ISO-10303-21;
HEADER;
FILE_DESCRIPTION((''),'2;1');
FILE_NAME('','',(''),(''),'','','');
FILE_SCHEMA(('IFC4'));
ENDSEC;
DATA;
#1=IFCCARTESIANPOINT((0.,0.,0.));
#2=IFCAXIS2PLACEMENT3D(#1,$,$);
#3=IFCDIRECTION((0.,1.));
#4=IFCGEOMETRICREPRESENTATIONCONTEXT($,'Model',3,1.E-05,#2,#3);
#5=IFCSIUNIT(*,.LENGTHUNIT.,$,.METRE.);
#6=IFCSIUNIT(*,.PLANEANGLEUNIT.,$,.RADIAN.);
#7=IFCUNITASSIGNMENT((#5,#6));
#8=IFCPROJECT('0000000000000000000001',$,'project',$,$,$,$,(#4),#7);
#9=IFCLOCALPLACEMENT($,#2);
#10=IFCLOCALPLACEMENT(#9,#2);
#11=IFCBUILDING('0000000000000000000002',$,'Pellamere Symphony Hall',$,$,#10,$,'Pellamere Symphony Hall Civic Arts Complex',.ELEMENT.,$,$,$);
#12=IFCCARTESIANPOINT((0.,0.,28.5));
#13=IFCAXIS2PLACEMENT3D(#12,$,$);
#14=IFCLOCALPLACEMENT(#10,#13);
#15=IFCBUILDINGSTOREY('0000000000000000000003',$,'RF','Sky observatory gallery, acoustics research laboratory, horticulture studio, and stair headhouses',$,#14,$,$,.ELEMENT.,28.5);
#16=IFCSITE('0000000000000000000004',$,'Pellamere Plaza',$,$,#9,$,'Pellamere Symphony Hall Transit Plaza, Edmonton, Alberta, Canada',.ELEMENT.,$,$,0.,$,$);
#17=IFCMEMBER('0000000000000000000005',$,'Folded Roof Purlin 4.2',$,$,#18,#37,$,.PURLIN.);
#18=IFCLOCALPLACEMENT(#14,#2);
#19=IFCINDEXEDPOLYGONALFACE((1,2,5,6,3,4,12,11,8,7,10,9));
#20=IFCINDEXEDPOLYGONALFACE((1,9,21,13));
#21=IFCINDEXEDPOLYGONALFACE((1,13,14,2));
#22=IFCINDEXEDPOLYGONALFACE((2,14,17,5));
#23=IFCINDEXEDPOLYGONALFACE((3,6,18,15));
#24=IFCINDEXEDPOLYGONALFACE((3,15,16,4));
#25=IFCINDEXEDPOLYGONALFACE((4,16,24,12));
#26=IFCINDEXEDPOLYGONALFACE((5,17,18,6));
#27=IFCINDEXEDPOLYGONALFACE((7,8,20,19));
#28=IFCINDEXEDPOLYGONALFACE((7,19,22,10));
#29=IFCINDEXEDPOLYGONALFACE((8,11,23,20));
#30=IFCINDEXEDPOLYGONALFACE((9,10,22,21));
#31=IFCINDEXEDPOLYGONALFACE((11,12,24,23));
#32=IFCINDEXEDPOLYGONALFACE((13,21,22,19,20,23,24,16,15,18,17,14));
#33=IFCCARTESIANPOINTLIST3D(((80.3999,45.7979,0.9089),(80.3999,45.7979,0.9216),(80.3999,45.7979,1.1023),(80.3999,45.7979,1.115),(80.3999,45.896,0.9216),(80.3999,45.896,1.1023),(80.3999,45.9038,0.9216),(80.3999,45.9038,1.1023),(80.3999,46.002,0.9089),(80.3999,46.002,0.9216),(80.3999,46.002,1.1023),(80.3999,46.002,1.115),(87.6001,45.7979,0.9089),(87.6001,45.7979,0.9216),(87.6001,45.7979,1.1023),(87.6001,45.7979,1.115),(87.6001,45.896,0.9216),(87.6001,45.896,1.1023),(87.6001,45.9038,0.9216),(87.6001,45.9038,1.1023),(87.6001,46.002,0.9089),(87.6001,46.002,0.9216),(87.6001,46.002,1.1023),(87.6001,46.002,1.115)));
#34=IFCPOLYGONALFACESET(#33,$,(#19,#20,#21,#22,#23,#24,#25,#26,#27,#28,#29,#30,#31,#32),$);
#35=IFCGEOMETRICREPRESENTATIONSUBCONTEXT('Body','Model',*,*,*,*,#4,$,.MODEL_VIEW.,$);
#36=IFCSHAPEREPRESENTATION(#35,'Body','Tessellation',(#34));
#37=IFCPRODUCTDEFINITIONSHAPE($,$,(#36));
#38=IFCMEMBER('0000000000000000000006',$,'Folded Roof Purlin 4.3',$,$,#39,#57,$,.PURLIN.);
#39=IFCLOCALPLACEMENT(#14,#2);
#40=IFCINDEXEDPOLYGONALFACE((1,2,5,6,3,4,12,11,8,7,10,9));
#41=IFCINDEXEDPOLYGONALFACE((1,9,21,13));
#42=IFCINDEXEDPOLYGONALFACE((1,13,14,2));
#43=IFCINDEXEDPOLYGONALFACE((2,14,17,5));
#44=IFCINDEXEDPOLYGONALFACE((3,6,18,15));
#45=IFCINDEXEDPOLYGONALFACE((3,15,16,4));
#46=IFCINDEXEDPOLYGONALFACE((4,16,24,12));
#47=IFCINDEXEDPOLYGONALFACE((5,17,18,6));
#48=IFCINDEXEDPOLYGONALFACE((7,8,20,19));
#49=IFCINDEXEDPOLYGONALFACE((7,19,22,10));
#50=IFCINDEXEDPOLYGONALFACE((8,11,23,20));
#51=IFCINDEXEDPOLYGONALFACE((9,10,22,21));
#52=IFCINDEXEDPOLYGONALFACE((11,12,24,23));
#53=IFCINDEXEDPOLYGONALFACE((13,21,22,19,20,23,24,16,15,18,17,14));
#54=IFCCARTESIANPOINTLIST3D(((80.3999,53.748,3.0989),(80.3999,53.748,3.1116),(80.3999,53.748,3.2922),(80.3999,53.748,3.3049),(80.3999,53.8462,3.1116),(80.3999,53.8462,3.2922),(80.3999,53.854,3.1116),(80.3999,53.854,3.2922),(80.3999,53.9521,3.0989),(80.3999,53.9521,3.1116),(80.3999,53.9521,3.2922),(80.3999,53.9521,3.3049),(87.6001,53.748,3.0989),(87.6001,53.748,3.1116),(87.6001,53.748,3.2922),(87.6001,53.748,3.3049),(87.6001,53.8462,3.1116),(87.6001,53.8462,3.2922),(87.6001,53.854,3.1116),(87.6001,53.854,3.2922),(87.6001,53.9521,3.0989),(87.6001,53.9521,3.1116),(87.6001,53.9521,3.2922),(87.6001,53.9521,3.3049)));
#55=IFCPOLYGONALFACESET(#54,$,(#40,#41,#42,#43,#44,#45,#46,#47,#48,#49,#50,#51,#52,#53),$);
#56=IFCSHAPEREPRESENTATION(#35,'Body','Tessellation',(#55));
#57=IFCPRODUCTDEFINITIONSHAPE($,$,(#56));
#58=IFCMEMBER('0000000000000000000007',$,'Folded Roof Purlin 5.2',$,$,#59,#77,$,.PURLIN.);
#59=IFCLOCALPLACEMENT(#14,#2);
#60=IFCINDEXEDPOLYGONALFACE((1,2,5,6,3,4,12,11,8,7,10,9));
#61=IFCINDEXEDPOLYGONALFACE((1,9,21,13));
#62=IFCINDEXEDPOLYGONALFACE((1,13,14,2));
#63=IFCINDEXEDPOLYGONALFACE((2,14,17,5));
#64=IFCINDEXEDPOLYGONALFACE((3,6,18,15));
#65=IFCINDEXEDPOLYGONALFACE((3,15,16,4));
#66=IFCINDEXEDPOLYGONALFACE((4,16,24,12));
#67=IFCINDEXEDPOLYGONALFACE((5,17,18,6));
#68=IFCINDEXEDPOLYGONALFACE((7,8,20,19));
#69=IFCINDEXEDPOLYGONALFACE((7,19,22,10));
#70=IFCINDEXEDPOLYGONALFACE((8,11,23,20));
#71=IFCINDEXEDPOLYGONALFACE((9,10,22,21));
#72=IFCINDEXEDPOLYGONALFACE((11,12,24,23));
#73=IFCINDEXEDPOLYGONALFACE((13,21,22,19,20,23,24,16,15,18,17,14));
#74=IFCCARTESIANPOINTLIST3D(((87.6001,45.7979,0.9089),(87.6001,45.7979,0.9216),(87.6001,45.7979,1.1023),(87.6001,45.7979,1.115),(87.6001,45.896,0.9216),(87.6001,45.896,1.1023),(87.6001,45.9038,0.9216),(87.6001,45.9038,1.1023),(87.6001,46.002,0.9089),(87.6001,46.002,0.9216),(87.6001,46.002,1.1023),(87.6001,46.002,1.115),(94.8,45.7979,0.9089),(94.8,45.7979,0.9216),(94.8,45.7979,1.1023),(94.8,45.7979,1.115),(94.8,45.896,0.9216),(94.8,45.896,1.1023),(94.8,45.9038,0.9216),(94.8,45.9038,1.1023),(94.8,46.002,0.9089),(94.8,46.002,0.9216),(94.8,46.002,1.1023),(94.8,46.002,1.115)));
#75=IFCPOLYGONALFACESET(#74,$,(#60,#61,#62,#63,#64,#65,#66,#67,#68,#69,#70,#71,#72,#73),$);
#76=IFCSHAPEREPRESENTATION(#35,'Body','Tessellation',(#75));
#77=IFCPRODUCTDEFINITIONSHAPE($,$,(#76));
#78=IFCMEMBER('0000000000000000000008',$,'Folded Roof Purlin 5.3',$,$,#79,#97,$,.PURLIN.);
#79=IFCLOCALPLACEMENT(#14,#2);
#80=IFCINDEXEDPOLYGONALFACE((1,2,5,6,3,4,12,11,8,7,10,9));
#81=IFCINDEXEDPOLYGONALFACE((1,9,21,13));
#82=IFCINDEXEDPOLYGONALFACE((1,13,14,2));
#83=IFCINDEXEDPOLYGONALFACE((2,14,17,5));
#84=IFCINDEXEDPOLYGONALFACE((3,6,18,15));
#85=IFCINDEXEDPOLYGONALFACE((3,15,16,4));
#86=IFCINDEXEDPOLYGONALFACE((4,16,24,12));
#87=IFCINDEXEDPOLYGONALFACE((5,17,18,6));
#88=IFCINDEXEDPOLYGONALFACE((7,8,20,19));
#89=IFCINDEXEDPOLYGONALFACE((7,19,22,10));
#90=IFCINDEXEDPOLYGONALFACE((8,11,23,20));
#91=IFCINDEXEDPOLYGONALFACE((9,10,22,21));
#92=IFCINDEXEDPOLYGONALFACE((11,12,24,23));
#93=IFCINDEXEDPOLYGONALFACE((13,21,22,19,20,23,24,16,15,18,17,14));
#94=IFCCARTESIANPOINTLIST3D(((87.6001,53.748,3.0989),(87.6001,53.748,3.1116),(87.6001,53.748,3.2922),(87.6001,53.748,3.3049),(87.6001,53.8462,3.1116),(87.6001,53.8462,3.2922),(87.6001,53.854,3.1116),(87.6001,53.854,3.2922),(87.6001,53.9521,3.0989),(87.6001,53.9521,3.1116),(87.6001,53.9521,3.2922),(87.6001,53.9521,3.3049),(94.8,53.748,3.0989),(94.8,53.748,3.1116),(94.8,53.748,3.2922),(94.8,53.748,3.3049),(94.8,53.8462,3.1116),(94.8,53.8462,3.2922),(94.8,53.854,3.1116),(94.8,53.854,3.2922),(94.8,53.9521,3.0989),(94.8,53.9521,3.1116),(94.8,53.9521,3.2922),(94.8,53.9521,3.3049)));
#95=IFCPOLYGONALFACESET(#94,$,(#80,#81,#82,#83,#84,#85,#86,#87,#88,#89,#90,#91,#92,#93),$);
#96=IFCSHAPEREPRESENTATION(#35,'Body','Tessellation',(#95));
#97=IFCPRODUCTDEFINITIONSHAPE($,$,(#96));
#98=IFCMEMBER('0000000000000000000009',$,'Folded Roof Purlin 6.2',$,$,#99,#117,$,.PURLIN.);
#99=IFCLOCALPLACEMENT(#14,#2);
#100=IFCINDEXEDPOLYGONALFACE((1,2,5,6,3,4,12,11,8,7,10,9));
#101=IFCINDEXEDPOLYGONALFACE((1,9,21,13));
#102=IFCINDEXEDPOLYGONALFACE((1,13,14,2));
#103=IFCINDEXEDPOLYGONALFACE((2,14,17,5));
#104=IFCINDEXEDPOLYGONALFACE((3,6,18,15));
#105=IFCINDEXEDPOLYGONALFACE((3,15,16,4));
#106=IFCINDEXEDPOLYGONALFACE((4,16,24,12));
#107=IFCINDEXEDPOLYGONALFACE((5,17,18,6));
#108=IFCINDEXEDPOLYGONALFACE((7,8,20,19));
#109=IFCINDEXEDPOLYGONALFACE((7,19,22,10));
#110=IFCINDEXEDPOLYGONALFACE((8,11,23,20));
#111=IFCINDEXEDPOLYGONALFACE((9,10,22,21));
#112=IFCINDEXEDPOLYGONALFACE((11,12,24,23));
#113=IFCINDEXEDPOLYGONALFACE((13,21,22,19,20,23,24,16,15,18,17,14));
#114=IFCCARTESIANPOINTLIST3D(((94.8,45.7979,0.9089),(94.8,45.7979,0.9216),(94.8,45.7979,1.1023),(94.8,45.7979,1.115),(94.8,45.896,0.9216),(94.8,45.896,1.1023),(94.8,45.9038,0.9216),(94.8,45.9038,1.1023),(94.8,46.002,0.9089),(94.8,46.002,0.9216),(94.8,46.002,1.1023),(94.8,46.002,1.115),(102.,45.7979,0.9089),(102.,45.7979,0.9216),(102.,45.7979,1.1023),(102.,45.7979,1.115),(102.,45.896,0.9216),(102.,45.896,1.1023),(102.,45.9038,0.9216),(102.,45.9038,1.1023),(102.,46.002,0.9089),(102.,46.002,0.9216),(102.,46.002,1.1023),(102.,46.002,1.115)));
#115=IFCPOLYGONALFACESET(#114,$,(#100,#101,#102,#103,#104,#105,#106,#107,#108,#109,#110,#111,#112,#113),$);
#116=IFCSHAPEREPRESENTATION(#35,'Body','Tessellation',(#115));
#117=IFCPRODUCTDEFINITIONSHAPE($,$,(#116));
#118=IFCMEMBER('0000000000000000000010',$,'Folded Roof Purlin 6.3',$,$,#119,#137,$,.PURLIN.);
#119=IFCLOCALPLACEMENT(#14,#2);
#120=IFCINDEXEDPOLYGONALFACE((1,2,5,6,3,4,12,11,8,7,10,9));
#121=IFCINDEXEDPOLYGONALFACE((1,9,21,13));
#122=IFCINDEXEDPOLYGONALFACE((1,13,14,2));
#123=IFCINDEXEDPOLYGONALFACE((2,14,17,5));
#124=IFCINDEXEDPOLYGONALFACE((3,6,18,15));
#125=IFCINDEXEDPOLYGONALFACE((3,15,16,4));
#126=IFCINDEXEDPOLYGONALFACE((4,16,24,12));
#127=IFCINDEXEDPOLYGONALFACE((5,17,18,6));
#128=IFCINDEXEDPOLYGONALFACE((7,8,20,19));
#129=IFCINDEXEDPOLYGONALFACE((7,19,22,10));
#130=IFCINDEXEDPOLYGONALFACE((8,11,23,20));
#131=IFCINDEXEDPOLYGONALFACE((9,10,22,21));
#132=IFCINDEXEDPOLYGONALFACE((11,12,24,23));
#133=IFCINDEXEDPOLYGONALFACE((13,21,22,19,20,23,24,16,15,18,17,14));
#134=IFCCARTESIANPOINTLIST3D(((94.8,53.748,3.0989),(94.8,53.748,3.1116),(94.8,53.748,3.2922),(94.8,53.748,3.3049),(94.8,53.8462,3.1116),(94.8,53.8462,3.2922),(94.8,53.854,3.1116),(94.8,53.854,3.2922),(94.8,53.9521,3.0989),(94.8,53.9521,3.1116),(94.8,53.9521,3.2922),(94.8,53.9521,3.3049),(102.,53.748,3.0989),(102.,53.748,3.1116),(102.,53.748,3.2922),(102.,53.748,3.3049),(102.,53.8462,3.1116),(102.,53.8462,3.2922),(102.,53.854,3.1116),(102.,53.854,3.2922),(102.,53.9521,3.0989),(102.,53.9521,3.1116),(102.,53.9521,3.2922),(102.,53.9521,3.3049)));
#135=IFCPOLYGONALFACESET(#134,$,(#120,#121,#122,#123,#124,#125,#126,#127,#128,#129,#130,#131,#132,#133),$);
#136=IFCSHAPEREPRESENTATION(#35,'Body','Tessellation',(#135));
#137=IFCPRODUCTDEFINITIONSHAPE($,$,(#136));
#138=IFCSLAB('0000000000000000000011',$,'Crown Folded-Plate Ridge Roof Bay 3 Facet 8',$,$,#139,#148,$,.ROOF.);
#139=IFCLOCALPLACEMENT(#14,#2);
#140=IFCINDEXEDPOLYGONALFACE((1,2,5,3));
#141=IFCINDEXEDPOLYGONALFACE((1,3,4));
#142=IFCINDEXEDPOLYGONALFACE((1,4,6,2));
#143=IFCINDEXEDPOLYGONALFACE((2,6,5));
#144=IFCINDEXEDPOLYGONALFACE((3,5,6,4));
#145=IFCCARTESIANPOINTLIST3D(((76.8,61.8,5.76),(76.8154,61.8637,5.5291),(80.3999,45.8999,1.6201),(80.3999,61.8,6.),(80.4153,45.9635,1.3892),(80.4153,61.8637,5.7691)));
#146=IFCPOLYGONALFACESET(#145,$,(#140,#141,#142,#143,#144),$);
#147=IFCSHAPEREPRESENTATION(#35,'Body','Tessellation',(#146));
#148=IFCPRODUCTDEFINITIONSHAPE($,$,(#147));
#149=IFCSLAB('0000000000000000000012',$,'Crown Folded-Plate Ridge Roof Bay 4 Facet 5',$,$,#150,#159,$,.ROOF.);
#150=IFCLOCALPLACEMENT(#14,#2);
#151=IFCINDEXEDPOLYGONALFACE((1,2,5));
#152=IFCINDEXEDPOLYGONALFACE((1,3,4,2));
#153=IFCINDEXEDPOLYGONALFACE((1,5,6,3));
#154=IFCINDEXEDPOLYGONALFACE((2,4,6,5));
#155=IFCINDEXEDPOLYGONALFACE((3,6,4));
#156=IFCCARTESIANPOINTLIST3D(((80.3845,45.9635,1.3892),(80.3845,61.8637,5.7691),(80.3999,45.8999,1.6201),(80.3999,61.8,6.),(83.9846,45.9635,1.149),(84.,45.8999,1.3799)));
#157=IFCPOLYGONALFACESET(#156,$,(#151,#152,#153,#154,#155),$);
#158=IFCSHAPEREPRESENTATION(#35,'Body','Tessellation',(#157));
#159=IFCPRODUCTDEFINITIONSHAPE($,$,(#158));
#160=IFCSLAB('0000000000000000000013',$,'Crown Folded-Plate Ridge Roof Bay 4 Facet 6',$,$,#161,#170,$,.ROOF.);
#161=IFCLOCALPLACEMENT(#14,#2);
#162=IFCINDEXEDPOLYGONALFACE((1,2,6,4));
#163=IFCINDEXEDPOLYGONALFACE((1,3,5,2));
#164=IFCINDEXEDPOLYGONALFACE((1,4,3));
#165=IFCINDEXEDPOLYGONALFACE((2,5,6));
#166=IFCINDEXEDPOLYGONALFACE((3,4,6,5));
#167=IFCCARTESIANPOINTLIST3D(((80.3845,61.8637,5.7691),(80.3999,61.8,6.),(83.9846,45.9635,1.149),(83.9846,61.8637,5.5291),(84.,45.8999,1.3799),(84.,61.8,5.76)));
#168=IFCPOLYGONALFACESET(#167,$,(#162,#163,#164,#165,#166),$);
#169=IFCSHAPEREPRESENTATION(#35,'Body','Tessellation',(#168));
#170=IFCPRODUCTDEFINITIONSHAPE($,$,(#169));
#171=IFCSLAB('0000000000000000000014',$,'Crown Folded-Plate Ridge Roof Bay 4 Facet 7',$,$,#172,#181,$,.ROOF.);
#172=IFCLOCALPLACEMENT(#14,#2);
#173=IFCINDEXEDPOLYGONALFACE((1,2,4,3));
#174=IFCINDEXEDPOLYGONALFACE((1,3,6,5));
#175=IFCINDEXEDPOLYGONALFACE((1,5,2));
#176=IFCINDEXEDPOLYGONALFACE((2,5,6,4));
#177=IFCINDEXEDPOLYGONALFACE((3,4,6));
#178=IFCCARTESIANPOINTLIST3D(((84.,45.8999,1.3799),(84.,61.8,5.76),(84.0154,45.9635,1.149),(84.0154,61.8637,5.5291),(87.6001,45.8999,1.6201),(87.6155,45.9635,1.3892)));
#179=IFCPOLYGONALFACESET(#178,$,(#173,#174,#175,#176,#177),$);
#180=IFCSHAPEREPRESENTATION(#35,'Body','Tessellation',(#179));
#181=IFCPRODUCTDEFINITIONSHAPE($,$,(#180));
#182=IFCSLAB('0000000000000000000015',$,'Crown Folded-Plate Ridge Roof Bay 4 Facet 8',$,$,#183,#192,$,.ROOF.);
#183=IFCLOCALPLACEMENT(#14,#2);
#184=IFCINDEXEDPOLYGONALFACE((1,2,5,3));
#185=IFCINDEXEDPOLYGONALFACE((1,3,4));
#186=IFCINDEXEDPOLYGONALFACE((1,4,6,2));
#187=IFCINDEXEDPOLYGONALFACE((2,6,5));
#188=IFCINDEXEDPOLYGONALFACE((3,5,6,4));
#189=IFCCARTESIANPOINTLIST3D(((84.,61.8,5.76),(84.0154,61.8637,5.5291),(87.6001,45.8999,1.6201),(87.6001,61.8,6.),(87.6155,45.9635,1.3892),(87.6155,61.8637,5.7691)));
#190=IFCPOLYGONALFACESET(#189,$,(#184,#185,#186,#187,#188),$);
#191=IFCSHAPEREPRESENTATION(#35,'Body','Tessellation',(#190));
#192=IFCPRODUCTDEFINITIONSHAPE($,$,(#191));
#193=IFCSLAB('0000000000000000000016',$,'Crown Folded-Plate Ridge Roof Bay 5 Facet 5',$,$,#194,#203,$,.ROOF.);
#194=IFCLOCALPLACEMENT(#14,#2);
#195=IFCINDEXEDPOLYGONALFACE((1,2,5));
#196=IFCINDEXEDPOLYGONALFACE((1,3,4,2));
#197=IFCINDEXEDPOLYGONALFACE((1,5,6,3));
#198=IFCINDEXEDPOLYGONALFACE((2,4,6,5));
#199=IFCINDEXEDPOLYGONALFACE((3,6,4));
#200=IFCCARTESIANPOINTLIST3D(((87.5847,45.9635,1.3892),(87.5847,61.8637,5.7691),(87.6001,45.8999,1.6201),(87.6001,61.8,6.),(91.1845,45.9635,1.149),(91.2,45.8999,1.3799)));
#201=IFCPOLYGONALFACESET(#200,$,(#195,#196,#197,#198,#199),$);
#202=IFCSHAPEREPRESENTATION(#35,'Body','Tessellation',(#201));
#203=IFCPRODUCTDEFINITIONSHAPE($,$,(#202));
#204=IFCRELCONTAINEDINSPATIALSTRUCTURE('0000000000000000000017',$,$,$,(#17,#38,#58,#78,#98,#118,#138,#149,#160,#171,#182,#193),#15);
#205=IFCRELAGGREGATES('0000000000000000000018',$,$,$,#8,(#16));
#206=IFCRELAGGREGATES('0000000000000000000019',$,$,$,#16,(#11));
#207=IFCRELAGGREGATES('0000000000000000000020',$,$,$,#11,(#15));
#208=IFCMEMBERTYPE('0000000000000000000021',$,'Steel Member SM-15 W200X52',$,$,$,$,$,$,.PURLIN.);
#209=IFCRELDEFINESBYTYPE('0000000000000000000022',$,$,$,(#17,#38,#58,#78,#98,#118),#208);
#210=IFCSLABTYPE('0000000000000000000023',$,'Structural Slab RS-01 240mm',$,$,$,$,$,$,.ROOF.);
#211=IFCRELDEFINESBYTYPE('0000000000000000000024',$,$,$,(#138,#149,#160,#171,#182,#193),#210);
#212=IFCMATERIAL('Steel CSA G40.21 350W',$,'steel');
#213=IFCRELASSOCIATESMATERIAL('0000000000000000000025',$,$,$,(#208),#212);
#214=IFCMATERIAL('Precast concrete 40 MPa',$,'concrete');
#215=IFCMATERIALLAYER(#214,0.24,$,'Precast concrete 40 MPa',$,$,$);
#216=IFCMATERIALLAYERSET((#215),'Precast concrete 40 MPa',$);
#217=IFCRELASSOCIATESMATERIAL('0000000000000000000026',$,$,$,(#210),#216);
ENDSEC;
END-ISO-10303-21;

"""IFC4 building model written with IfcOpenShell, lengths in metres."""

from ifc_helpers import new_model, si_unit, direction, frame, origin, origin_2d, place, context, subcontext, project, spatial, polyline, i_section, outline, extrude, material, layer, layer_set, material_profile, profile_set, type_object, element, save


model = new_model("IFC4")

# Units and contexts
model_context = context("Model", 3, precision=1e-05, world=origin(), true_north=direction((0.0, 1.0)))
body_context = subcontext(model_context, "Body", "Model", "MODEL_VIEW")
ifc_project = project(units=[si_unit("LENGTHUNIT", "METRE"), si_unit("PLANEANGLEUNIT", "RADIAN")], contexts=[model_context])

# Site, building, storey
site_placement = place(None, origin())
site = spatial("IfcSite", under=ifc_project, at=site_placement, Name="Pellamere Plaza", LongName="Pellamere Symphony Hall Transit Plaza, Edmonton, Alberta, Canada", CompositionType="ELEMENT", RefElevation=0.0)
building_placement = place(site_placement, origin())
building = spatial("IfcBuilding", under=site, at=building_placement, Name="Pellamere Symphony Hall", LongName="Pellamere Symphony Hall Civic Arts Complex", CompositionType="ELEMENT")
storey_placement = place(building_placement, frame((0.0, 0.0, 28.5)))
storey = spatial("IfcBuildingStorey", under=building, at=storey_placement, Name="RF", Description="Sky observatory gallery, acoustics research laboratory, horticulture studio, and stair headhouses", CompositionType="ELEMENT", Elevation=28.5)

# Members
ifc_material_1 = material(Name="Steel CSA G40.21 350W", Category="steel")
ifc_material_profile = material_profile(ifc_material_1, i_section(OverallWidth=0.2041, OverallDepth=0.2061, WebThickness=0.0078, FlangeThickness=0.0127, at=origin_2d()), Name="W200X52")
ifc_profile_set = profile_set([ifc_material_profile], Name="Steel CSA G40.21 350W")
member_type = type_object("IfcMemberType", Name="Steel Member SM-15 W200X52", PredefinedType="PURLIN", material=ifc_profile_set)
for number, where, z_axis, x_axis, name in (
    (1, (80.3999, 45.8999, 1.012), (1.0, 0.0, 0.0), (0.0, 1.0, 0.0), "Folded Roof Purlin 4.2"),
    (2, (80.3999, 53.8501, 3.2019), (1.0, 0.0, 0.0), (0.0, 1.0, 0.0), "Folded Roof Purlin 4.3"),
):
    element("IfcMember", number, at=place(storey_placement, frame(where, z_axis=z_axis, x_axis=x_axis)), inside=storey, type_object=member_type, Name=name, PredefinedType="PURLIN", context=body_context, shape_type="SweptSolid", body=[
        extrude(i_section(OverallWidth=0.2041, OverallDepth=0.2061, WebThickness=0.0078, FlangeThickness=0.0127, at=origin_2d()), origin(), (0.0, 0.0, 1.0), 7.2002),
    ])
for number, where, z_axis, x_axis, name in (
    (3, (87.6001, 45.8999, 1.012), (1.0, 0.0, 0.0), (0.0, 1.0, 0.0), "Folded Roof Purlin 5.2"),
    (4, (87.6001, 53.8501, 3.2019), (1.0, 0.0, 0.0), (0.0, 1.0, 0.0), "Folded Roof Purlin 5.3"),
    (5, (94.8, 45.8999, 1.012), (1.0, 0.0, 0.0), (0.0, 1.0, 0.0), "Folded Roof Purlin 6.2"),
    (6, (94.8, 53.8501, 3.2019), (1.0, 0.0, 0.0), (0.0, 1.0, 0.0), "Folded Roof Purlin 6.3"),
):
    element("IfcMember", number, at=place(storey_placement, frame(where, z_axis=z_axis, x_axis=x_axis)), inside=storey, type_object=member_type, Name=name, PredefinedType="PURLIN", context=body_context, shape_type="SweptSolid", body=[
        extrude(i_section(OverallWidth=0.2041, OverallDepth=0.2061, WebThickness=0.0078, FlangeThickness=0.0127, at=origin_2d()), origin(), (0.0, 0.0, 1.0), 7.2),
    ])

# Slabs
ifc_material_2 = material(Name="Precast concrete 40 MPa", Category="concrete")
ifc_layer_1 = layer(ifc_material_2, 0.24, Name="Precast concrete 40 MPa")
ifc_layer_set_1 = layer_set([ifc_layer_1], Name="Precast concrete 40 MPa")
slab_type = type_object("IfcSlabType", Name="Structural Slab RS-01 240mm", PredefinedType="ROOF", material=ifc_layer_set_1)
slab_1_placement = place(storey_placement, frame((80.3999, 45.8999, 1.6201), z_axis=(-0.06414, -0.265024, 0.962106), x_axis=(0.0, 0.964091, 0.26557)))
element("IfcSlab", 7, at=slab_1_placement, inside=storey, type_object=slab_type, Name="Crown Folded-Plate Ridge Roof Bay 3 Facet 8", PredefinedType="ROOF", context=body_context, shape_type="SweptSolid", body=[
    extrude(outline(polyline([(0.0, 0.0), (16.4924, 0.0), (16.4286, 3.6073), (0.0, 0.0)])), origin(), (0.0, 0.0, -1.0), 0.24),
])
slab_2_placement = place(storey_placement, frame((80.3999, 45.8999, 1.6201), z_axis=(0.064201, -0.265022, 0.962103), x_axis=(0.997781, 0.0, -0.066582)))
element("IfcSlab", 8, at=slab_2_placement, inside=storey, type_object=slab_type, Name="Crown Folded-Plate Ridge Roof Bay 4 Facet 5", PredefinedType="ROOF", context=body_context, shape_type="SweptSolid", body=[
    extrude(outline(polyline([(0.0, 0.0), (3.6081, 0.0), (-0.2916, 16.4898), (0.0, 0.0)])), origin(), (0.0, 0.0, -1.0), 0.24),
])
slab_3_placement = place(storey_placement, frame((84.0, 45.8999, 1.3799), z_axis=(0.064136, -0.265037, 0.962103), x_axis=(0.0, 0.964088, 0.265584)))
element("IfcSlab", 9, at=slab_3_placement, inside=storey, type_object=slab_type, Name="Crown Folded-Plate Ridge Roof Bay 4 Facet 6", PredefinedType="ROOF", context=body_context, shape_type="SweptSolid", body=[
    extrude(outline(polyline([(0.0, 0.0), (16.4924, 0.0), (16.5562, 3.6075), (0.0, 0.0)])), origin(), (0.0, 0.0, -1.0), 0.24),
])
slab_4_placement = place(storey_placement, frame((84.0, 45.8999, 1.3799), z_axis=(-0.064201, -0.265036, 0.962099), x_axis=(0.997781, 0.0, 0.066582)))
element("IfcSlab", 10, at=slab_4_placement, inside=storey, type_object=slab_type, Name="Crown Folded-Plate Ridge Roof Bay 4 Facet 7", PredefinedType="ROOF", context=body_context, shape_type="SweptSolid", body=[
    extrude(outline(polyline([(0.0, 0.0), (3.6081, 0.0), (0.2916, 16.4898), (0.0, 0.0)])), origin(), (0.0, 0.0, -1.0), 0.24),
])
slab_5_placement = place(storey_placement, frame((87.6001, 45.8999, 1.6201), z_axis=(-0.064136, -0.265024, 0.962107), x_axis=(0.0, 0.964091, 0.26557)))
element("IfcSlab", 11, at=slab_5_placement, inside=storey, type_object=slab_type, Name="Crown Folded-Plate Ridge Roof Bay 4 Facet 8", PredefinedType="ROOF", context=body_context, shape_type="SweptSolid", body=[
    extrude(outline(polyline([(0.0, 0.0), (16.4924, 0.0), (16.4286, 3.6075), (0.0, 0.0)])), origin(), (0.0, 0.0, -1.0), 0.24),
])
slab_6_placement = place(storey_placement, frame((87.6001, 45.8999, 1.6201), z_axis=(0.064205, -0.265022, 0.962102), x_axis=(0.997781, 0.0, -0.066586)))
element("IfcSlab", 12, at=slab_6_placement, inside=storey, type_object=slab_type, Name="Crown Folded-Plate Ridge Roof Bay 5 Facet 5", PredefinedType="ROOF", context=body_context, shape_type="SweptSolid", body=[
    extrude(outline(polyline([(0.0, 0.0), (3.6079, 0.0), (-0.2916, 16.4898), (0.0, 0.0)])), origin(), (0.0, 0.0, -1.0), 0.24),
])

save(model, "model.ifc")
